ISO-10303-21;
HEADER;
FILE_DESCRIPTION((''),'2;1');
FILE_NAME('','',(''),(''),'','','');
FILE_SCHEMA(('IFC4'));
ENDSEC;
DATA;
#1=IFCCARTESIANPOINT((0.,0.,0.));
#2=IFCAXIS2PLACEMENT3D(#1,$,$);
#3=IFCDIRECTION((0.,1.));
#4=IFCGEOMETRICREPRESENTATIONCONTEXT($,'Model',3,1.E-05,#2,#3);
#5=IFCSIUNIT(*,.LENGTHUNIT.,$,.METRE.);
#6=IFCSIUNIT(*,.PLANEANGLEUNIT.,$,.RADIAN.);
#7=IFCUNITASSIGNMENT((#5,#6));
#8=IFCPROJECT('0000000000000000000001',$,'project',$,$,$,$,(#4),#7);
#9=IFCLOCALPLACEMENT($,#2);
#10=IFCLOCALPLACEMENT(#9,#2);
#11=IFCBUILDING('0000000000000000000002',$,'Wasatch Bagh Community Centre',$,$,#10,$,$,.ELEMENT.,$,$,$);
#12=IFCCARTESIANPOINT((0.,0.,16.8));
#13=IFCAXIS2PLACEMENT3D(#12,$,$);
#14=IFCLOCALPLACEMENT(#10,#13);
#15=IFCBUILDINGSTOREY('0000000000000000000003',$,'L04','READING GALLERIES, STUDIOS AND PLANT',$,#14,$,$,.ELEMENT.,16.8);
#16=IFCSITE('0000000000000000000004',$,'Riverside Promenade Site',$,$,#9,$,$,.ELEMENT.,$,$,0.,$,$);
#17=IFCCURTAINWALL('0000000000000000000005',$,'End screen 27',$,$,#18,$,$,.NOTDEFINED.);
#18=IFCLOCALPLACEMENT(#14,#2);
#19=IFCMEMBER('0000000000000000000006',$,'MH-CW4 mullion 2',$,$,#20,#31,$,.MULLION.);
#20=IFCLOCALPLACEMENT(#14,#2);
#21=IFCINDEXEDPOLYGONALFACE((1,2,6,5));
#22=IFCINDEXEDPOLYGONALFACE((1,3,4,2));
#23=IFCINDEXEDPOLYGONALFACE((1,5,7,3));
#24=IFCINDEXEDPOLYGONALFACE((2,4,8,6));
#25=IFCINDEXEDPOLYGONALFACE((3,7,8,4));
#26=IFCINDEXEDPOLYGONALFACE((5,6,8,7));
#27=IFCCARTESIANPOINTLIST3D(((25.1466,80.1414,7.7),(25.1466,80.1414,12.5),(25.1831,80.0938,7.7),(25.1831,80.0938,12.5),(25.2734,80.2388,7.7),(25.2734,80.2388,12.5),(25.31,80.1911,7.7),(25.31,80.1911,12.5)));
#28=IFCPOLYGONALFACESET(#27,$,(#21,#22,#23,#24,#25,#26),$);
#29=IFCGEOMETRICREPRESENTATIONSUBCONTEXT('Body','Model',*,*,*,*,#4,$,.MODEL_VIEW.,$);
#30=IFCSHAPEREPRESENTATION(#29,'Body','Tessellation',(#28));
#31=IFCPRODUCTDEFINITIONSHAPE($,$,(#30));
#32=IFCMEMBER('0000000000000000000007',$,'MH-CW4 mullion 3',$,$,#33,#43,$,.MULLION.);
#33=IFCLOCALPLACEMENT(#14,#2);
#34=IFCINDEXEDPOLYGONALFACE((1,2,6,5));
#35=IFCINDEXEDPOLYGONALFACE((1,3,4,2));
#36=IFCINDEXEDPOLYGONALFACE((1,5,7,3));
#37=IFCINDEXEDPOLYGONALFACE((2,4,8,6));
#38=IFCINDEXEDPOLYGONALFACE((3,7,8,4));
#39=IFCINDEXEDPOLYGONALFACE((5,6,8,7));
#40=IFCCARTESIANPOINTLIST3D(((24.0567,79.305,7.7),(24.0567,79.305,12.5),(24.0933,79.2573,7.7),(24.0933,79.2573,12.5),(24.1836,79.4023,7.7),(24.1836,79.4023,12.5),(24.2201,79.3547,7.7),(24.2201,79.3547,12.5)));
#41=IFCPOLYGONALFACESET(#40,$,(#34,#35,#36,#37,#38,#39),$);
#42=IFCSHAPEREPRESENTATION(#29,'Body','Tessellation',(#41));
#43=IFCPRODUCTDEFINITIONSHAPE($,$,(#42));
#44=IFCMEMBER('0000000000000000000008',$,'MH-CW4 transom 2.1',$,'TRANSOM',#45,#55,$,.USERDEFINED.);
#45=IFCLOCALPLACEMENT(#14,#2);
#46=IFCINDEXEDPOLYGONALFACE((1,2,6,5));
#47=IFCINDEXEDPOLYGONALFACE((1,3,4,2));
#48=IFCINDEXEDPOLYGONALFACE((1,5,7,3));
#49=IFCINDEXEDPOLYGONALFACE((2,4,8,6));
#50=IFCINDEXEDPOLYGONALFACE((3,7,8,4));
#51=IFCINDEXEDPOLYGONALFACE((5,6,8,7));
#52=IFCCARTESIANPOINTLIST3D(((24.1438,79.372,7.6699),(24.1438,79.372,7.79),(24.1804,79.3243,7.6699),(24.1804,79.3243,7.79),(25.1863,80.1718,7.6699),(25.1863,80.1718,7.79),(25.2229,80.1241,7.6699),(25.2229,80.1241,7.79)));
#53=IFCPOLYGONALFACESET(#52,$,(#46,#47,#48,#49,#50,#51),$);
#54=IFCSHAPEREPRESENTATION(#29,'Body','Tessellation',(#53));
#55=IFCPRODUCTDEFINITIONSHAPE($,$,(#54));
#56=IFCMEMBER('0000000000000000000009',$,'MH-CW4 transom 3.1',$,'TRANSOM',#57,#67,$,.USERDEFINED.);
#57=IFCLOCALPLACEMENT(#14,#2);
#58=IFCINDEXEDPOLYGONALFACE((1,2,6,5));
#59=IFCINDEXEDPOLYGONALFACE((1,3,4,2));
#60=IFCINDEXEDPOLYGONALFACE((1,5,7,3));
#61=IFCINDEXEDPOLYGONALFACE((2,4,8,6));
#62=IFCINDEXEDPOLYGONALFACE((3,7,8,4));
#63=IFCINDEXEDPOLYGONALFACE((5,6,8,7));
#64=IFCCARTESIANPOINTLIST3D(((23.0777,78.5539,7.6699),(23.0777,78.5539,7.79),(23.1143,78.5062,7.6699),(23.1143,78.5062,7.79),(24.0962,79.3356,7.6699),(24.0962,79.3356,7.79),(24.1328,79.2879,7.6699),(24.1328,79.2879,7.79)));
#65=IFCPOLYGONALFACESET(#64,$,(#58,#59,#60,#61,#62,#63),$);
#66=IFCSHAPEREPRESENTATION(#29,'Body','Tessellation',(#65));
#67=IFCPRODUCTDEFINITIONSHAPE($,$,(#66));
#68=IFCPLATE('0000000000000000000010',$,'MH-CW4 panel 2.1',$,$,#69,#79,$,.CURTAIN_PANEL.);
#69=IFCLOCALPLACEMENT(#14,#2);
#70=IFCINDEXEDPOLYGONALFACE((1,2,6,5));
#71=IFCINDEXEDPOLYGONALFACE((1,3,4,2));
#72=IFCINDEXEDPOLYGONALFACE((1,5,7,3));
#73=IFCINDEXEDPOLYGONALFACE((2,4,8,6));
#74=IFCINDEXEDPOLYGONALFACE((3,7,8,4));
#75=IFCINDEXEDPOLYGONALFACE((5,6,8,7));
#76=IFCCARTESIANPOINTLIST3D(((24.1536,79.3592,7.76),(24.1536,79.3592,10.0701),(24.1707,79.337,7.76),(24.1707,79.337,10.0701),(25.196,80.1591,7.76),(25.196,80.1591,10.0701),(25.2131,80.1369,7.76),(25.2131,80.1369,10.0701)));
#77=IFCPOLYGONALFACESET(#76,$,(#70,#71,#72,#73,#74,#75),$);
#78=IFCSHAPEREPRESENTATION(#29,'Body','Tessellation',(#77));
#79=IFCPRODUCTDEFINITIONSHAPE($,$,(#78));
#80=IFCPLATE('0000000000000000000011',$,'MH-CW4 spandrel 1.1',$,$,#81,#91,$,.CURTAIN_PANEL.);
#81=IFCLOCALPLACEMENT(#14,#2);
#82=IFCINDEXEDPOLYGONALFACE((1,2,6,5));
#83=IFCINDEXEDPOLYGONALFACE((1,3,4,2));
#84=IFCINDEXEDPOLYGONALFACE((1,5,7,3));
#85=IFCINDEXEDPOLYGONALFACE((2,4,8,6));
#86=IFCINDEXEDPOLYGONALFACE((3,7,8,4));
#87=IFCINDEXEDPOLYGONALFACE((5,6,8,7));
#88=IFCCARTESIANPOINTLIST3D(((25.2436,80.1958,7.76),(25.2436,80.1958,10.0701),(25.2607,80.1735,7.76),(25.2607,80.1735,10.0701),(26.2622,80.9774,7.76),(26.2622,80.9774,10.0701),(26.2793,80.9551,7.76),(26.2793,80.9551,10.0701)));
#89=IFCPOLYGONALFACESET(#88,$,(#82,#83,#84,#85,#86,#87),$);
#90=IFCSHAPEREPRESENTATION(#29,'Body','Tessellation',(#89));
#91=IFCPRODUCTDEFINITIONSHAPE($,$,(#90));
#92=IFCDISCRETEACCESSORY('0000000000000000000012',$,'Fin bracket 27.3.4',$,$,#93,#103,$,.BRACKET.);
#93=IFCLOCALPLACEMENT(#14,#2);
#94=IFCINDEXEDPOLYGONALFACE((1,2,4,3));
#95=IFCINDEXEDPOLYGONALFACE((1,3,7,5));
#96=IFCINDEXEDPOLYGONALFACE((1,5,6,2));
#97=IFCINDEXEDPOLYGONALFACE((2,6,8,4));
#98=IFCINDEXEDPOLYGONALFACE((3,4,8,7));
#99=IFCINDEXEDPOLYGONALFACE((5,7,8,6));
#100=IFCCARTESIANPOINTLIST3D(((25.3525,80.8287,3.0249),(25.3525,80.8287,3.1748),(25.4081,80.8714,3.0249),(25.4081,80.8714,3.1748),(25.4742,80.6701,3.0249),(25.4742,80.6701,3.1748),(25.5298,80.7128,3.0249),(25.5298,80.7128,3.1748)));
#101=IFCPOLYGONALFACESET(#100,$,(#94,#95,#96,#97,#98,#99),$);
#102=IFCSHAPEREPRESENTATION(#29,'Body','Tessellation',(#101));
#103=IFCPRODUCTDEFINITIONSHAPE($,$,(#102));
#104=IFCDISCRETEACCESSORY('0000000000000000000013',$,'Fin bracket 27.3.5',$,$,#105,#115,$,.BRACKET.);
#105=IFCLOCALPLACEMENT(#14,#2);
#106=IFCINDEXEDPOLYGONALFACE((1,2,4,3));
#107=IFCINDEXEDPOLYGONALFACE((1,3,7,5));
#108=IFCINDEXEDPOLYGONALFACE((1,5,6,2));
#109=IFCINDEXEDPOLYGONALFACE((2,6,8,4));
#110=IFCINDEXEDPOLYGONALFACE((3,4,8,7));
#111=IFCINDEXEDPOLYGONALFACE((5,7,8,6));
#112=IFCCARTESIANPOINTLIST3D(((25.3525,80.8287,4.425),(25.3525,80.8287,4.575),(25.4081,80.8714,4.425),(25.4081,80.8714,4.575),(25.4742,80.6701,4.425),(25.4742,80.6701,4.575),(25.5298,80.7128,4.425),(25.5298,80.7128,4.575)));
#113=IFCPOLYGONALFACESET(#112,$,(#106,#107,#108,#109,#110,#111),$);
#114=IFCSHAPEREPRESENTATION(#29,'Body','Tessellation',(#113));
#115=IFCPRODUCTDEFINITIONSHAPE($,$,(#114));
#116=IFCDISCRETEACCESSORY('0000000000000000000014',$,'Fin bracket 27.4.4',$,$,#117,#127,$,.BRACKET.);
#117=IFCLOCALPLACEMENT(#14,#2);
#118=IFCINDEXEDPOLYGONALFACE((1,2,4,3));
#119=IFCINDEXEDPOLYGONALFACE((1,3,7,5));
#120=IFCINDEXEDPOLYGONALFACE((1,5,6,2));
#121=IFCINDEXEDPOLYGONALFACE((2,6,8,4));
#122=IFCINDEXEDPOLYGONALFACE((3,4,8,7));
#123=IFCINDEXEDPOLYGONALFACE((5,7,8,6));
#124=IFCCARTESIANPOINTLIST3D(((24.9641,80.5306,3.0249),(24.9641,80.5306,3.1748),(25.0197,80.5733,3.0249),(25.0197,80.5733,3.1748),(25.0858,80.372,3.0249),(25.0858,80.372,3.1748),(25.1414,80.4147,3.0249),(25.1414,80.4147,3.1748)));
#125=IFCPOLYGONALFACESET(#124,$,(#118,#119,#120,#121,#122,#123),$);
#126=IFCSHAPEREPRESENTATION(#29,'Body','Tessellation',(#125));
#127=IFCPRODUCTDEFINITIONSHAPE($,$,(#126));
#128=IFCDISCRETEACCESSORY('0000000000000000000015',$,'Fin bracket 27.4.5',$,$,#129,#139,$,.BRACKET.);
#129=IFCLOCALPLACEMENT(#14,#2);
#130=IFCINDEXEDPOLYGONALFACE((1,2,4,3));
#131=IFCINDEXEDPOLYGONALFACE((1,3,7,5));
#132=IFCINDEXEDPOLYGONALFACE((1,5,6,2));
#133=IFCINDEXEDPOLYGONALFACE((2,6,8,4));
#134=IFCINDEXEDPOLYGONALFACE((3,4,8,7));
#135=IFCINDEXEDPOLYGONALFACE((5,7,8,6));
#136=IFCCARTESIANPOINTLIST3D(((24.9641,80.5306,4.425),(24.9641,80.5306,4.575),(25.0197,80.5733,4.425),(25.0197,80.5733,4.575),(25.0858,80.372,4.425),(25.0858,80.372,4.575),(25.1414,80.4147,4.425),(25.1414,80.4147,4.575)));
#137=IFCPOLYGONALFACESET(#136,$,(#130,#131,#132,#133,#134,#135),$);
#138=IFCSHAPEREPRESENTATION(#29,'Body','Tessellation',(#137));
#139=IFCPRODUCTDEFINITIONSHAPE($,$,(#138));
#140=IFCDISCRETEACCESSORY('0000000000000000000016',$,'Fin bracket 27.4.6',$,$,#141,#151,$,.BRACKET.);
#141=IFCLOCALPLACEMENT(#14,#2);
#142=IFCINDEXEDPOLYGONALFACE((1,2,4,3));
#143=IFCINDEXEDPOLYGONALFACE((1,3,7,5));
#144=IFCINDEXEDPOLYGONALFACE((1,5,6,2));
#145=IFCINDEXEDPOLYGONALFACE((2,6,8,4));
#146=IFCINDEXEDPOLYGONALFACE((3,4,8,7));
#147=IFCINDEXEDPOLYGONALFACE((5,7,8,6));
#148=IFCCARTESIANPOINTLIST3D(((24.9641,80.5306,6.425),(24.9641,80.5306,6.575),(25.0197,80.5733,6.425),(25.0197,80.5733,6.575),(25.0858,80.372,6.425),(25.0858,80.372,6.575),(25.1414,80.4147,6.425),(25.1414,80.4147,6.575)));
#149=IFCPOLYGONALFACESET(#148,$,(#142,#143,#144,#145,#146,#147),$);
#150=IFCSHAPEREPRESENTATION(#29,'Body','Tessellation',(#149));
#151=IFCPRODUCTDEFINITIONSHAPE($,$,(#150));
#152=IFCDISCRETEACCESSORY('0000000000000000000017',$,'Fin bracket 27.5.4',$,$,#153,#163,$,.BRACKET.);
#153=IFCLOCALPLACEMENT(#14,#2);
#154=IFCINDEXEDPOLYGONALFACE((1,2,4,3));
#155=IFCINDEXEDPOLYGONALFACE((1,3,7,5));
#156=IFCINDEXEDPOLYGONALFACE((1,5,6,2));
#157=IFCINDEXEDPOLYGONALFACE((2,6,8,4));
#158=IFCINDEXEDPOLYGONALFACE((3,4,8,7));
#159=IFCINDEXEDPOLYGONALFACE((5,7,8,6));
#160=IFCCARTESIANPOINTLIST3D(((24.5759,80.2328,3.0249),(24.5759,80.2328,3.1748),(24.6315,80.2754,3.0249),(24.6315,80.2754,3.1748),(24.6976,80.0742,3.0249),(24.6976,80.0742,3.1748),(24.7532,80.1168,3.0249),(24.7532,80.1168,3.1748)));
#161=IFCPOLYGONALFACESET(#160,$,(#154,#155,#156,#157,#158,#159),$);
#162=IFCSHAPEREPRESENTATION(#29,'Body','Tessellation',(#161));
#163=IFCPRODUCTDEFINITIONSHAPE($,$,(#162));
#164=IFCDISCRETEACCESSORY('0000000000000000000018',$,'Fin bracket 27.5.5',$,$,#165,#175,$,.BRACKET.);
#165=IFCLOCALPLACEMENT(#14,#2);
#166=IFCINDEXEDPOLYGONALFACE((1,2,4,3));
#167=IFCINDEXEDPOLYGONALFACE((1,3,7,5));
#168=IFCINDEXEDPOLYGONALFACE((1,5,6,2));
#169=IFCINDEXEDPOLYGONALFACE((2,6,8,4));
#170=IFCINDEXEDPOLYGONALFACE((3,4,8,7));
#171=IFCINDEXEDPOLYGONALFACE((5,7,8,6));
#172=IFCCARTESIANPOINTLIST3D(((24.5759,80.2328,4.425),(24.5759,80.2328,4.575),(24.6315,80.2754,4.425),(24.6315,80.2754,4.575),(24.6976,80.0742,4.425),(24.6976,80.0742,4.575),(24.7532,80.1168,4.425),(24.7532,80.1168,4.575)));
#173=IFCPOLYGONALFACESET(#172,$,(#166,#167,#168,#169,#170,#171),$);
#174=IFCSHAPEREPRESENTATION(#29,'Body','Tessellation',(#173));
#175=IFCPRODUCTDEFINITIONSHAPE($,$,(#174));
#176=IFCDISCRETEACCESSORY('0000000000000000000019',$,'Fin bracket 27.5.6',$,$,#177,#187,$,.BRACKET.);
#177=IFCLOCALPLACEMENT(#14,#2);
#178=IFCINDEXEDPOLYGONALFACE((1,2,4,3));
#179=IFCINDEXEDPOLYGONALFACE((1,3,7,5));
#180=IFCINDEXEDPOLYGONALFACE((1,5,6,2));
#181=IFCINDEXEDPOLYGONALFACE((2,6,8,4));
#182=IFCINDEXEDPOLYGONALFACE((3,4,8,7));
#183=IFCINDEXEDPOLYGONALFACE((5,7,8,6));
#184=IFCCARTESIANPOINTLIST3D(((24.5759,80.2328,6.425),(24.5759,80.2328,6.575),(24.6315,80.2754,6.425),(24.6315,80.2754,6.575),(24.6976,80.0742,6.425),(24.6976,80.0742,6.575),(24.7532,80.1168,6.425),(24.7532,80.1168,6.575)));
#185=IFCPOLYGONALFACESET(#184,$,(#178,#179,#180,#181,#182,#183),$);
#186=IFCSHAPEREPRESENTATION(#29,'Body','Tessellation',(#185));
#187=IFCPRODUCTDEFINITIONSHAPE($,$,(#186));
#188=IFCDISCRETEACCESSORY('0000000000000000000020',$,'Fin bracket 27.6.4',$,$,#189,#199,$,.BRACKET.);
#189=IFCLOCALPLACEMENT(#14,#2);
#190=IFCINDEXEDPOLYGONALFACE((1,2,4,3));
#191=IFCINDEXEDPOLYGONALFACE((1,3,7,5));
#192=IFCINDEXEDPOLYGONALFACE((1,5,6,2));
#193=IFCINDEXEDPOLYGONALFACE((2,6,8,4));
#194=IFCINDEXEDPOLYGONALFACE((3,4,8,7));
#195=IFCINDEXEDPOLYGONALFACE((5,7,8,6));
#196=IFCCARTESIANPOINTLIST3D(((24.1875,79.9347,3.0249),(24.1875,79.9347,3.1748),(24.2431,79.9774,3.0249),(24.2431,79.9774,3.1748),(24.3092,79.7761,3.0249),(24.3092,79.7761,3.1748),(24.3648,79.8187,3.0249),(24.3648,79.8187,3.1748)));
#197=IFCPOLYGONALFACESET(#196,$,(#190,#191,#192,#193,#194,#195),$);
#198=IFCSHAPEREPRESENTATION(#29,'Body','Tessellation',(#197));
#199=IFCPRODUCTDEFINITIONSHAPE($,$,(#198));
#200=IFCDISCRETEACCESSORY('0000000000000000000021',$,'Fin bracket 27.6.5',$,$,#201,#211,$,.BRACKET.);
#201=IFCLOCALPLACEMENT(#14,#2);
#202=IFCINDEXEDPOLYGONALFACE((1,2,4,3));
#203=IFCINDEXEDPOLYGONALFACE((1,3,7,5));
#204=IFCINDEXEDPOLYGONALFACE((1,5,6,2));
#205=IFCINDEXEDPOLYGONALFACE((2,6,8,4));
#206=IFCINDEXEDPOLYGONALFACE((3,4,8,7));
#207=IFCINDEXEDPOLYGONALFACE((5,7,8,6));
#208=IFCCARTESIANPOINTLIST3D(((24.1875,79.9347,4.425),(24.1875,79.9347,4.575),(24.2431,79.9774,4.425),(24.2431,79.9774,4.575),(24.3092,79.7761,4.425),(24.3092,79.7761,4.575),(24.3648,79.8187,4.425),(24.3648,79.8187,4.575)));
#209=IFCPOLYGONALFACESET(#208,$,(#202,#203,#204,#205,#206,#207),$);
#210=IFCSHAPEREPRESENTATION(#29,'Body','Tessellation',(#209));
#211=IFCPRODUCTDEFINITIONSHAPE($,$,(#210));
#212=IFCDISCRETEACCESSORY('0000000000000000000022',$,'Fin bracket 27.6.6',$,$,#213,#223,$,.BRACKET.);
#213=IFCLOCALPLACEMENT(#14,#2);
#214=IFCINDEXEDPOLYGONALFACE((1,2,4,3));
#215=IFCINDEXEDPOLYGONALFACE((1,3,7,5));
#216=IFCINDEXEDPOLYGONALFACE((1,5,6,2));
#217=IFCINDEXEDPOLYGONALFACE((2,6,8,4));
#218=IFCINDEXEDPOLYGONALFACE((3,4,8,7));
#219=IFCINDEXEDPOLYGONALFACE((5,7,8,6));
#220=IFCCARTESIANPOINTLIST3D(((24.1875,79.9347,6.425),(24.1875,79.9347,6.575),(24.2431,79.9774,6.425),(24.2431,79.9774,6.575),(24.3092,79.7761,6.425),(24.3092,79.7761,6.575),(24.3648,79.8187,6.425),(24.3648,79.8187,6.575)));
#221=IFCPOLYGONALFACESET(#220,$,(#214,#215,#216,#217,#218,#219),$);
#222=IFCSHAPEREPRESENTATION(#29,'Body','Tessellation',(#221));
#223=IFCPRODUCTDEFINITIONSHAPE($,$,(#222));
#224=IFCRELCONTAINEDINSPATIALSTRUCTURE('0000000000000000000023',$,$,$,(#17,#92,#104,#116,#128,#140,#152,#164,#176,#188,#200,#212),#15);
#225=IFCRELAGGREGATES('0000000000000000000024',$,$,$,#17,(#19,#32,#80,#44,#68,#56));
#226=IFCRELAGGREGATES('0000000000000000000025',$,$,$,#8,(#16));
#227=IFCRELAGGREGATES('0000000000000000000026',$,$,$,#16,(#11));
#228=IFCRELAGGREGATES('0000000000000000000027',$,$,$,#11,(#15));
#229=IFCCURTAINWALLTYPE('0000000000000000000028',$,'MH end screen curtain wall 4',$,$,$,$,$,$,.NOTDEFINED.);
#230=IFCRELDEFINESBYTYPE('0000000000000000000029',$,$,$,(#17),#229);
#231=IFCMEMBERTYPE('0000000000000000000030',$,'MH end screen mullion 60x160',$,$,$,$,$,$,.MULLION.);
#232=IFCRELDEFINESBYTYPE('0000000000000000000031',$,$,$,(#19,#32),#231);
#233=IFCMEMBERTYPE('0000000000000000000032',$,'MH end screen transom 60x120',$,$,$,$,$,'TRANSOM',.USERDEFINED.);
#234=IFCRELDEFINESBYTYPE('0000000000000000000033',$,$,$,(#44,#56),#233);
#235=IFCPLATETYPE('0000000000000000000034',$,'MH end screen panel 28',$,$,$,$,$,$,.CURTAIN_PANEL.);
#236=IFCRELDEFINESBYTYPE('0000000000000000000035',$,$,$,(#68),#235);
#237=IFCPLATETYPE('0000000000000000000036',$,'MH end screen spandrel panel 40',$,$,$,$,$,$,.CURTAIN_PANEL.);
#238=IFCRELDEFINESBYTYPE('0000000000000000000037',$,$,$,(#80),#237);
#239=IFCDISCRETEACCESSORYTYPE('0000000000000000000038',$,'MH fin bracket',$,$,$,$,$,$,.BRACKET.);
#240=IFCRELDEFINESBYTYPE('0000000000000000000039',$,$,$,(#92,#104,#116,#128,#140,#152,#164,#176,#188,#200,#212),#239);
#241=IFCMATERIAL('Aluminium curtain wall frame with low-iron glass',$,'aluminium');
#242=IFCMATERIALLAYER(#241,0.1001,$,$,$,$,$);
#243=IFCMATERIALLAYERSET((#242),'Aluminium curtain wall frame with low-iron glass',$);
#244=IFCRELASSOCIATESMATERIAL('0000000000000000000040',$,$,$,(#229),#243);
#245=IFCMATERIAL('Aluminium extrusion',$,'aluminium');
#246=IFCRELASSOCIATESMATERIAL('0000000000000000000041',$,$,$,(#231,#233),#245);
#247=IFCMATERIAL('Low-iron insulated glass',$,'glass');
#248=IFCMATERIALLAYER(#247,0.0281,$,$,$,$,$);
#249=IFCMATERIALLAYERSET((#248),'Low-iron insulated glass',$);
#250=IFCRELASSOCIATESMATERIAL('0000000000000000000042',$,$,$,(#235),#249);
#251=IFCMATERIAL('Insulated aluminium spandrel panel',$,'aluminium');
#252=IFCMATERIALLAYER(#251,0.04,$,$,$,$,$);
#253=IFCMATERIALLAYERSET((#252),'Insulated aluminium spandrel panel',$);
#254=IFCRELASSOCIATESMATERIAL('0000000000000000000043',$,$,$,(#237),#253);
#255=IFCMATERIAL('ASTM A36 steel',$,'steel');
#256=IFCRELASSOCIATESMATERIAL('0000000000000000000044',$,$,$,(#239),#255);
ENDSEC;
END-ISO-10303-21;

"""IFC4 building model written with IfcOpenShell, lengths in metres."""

from ifc_helpers import new_model, si_unit, direction, frame, origin, origin_2d, place, context, subcontext, project, spatial, rectangle, extrude, material, layer, layer_set, material_profile, profile_set, type_object, element, aggregate, save


model = new_model("IFC4")

# Units and contexts
model_context = context("Model", 3, precision=1e-05, world=origin(), true_north=direction((0.0, 1.0)))
body_context = subcontext(model_context, "Body", "Model", "MODEL_VIEW")
ifc_project = project(units=[si_unit("LENGTHUNIT", "METRE"), si_unit("PLANEANGLEUNIT", "RADIAN")], contexts=[model_context])

# Site, building, storey
site_placement = place(None, origin())
site = spatial("IfcSite", under=ifc_project, at=site_placement, Name="Riverside Promenade Site", CompositionType="ELEMENT", RefElevation=0.0)
building_placement = place(site_placement, origin())
building = spatial("IfcBuilding", under=site, at=building_placement, Name="Wasatch Bagh Community Centre", CompositionType="ELEMENT")
storey_placement = place(building_placement, frame((0.0, 0.0, 16.8)))
storey = spatial("IfcBuildingStorey", under=building, at=storey_placement, Name="L04", Description="READING GALLERIES, STUDIOS AND PLANT", CompositionType="ELEMENT", Elevation=16.8)

# Curtain wall, members, plates
ifc_material_1 = material(Name="Aluminium curtain wall frame with low-iron glass", Category="aluminium")
ifc_layer_1 = layer(ifc_material_1, 0.1001)
ifc_layer_set_1 = layer_set([ifc_layer_1], Name="Aluminium curtain wall frame with low-iron glass")
curtain_wall_type = type_object("IfcCurtainWallType", Name="MH end screen curtain wall 4", PredefinedType="NOTDEFINED", material=ifc_layer_set_1)
curtain_wall_placement = place(storey_placement, origin())
curtain_wall = element("IfcCurtainWall", 1, at=curtain_wall_placement, inside=storey, type_object=curtain_wall_type, Name="End screen 27", PredefinedType="NOTDEFINED")
ifc_material_2 = material(Name="Aluminium extrusion", Category="aluminium")
ifc_material_profile_1 = material_profile(ifc_material_2, rectangle(XDim=0.0601, YDim=0.1599, at=origin_2d()), Name="AL 60x160")
ifc_profile_set_1 = profile_set([ifc_material_profile_1], Name="Aluminium extrusion")
member_type_1 = type_object("IfcMemberType", Name="MH end screen mullion 60x160", PredefinedType="MULLION", material=ifc_profile_set_1)
member_1_placement = place(storey_placement, frame((25.2283, 80.1663, 7.7), z_axis=(0.0, 0.0, 1.0), x_axis=(0.608761, -0.793353, 0.0)))
member_1 = element("IfcMember", 2, at=member_1_placement, type_object=member_type_1, Name="MH-CW4 mullion 2", PredefinedType="MULLION", context=body_context, shape_type="SweptSolid", body=[
    extrude(rectangle(XDim=0.0601, YDim=0.1599, at=origin_2d()), origin(), (0.0, 0.0, 1.0), 4.8),
])
member_2_placement = place(storey_placement, frame((24.1384, 79.3298, 7.7), z_axis=(0.0, 0.0, 1.0), x_axis=(0.608761, -0.793353, 0.0)))
member_2 = element("IfcMember", 3, at=member_2_placement, type_object=member_type_1, Name="MH-CW4 mullion 3", PredefinedType="MULLION", context=body_context, shape_type="SweptSolid", body=[
    extrude(rectangle(XDim=0.0601, YDim=0.1599, at=origin_2d()), origin(), (0.0, 0.0, 1.0), 4.8),
])
ifc_material_profile_2 = material_profile(ifc_material_2, rectangle(XDim=0.0601, YDim=0.1201, at=origin_2d()), Name="AL 60x120")
ifc_profile_set_2 = profile_set([ifc_material_profile_2], Name="Aluminium extrusion")
member_type_2 = type_object("IfcMemberType", Name="MH end screen transom 60x120", ElementType="TRANSOM", PredefinedType="USERDEFINED", material=ifc_profile_set_2)
member_3_placement = place(storey_placement, frame((25.2046, 80.1479, 7.73), z_axis=(-0.793397, -0.608705, 0.0), x_axis=(0.608705, -0.793397, 0.0)))
member_3 = element("IfcMember", 4, at=member_3_placement, type_object=member_type_2, Name="MH-CW4 transom 2.1", ObjectType="TRANSOM", PredefinedType="USERDEFINED", context=body_context, shape_type="SweptSolid", body=[
    extrude(rectangle(XDim=0.0601, YDim=0.1201, at=origin_2d()), origin(), (0.0, 0.0, 1.0), 1.314),
])
member_4_placement = place(storey_placement, frame((24.1145, 79.3118, 7.73), z_axis=(-0.793288, -0.608847, 0.0), x_axis=(0.608847, -0.793288, 0.0)))
member_4 = element("IfcMember", 5, at=member_4_placement, type_object=member_type_2, Name="MH-CW4 transom 3.1", ObjectType="TRANSOM", PredefinedType="USERDEFINED", context=body_context, shape_type="SweptSolid", body=[
    extrude(rectangle(XDim=0.0601, YDim=0.1201, at=origin_2d()), origin(), (0.0, 0.0, 1.0), 1.2839),
])
ifc_material_3 = material(Name="Low-iron insulated glass", Category="glass")
ifc_layer_2 = layer(ifc_material_3, 0.0281)
ifc_layer_set_2 = layer_set([ifc_layer_2], Name="Low-iron insulated glass")
plate_type_1 = type_object("IfcPlateType", Name="MH end screen panel 28", PredefinedType="CURTAIN_PANEL", material=ifc_layer_set_2)
plate_1_placement = place(storey_placement, frame((24.6833, 79.748, 7.76), z_axis=(0.0, 0.0, 1.0), x_axis=(-0.793353, -0.608761, 0.0)))
plate_1 = element("IfcPlate", 6, at=plate_1_placement, type_object=plate_type_1, Name="MH-CW4 panel 2.1", PredefinedType="CURTAIN_PANEL", context=body_context, shape_type="SweptSolid", body=[
    extrude(rectangle(XDim=1.314, YDim=0.0281, at=origin_2d()), origin(), (0.0, 0.0, 1.0), 2.3101),
])
ifc_material_4 = material(Name="Insulated aluminium spandrel panel", Category="aluminium")
ifc_layer_3 = layer(ifc_material_4, 0.04)
ifc_layer_set_3 = layer_set([ifc_layer_3], Name="Insulated aluminium spandrel panel")
plate_type_2 = type_object("IfcPlateType", Name="MH end screen spandrel panel 40", PredefinedType="CURTAIN_PANEL", material=ifc_layer_set_3)
plate_2_placement = place(storey_placement, frame((25.7615, 80.5754, 7.76), z_axis=(0.0, 0.0, 1.0), x_axis=(-0.793353, -0.608761, 0.0)))
plate_2 = element("IfcPlate", 7, at=plate_2_placement, type_object=plate_type_2, Name="MH-CW4 spandrel 1.1", PredefinedType="CURTAIN_PANEL", context=body_context, shape_type="SweptSolid", body=[
    extrude(rectangle(XDim=1.2839, YDim=0.0281, at=origin_2d()), origin(), (0.0, 0.0, 1.0), 2.3101),
])
aggregate(curtain_wall, [member_1, member_2, plate_2, member_3, plate_1, member_4])

# Discrete accessories
ifc_material_5 = material(Name="ASTM A36 steel", Category="steel")
discrete_accessory_type_1 = type_object("IfcDiscreteAccessoryType", Name="MH fin bracket", PredefinedType="BRACKET", material=ifc_material_5)
for number, where, z_axis, x_axis, name in (
    (8, (25.4412, 80.7708, 3.0249), (0.0, 0.0, 1.0), (-0.793353, -0.608761, 0.0), "Fin bracket 27.3.4"),
    (9, (25.4412, 80.7708, 4.425), (0.0, 0.0, 1.0), (-0.793353, -0.608761, 0.0), "Fin bracket 27.3.5"),
    (10, (25.0527, 80.4727, 3.0249), (0.0, 0.0, 1.0), (-0.793353, -0.608761, 0.0), "Fin bracket 27.4.4"),
    (11, (25.0527, 80.4727, 4.425), (0.0, 0.0, 1.0), (-0.793353, -0.608761, 0.0), "Fin bracket 27.4.5"),
    (12, (25.0527, 80.4727, 6.425), (0.0, 0.0, 1.0), (-0.793353, -0.608761, 0.0), "Fin bracket 27.4.6"),
    (13, (24.6646, 80.1748, 3.0249), (0.0, 0.0, 1.0), (-0.793353, -0.608761, 0.0), "Fin bracket 27.5.4"),
    (14, (24.6646, 80.1748, 4.425), (0.0, 0.0, 1.0), (-0.793353, -0.608761, 0.0), "Fin bracket 27.5.5"),
    (15, (24.6646, 80.1748, 6.425), (0.0, 0.0, 1.0), (-0.793353, -0.608761, 0.0), "Fin bracket 27.5.6"),
    (16, (24.2761, 79.8767, 3.0249), (0.0, 0.0, 1.0), (-0.793353, -0.608761, 0.0), "Fin bracket 27.6.4"),
    (17, (24.2761, 79.8767, 4.425), (0.0, 0.0, 1.0), (-0.793353, -0.608761, 0.0), "Fin bracket 27.6.5"),
    (18, (24.2761, 79.8767, 6.425), (0.0, 0.0, 1.0), (-0.793353, -0.608761, 0.0), "Fin bracket 27.6.6"),
):
    element("IfcDiscreteAccessory", number, at=place(storey_placement, frame(where, z_axis=z_axis, x_axis=x_axis)), inside=storey, type_object=discrete_accessory_type_1, Name=name, PredefinedType="BRACKET", context=body_context, shape_type="SweptSolid", body=[
        extrude(rectangle(XDim=0.0701, YDim=0.2, at=origin_2d()), origin(), (0.0, 0.0, 1.0), 0.1499),
    ])

save(model, "model.ifc")
